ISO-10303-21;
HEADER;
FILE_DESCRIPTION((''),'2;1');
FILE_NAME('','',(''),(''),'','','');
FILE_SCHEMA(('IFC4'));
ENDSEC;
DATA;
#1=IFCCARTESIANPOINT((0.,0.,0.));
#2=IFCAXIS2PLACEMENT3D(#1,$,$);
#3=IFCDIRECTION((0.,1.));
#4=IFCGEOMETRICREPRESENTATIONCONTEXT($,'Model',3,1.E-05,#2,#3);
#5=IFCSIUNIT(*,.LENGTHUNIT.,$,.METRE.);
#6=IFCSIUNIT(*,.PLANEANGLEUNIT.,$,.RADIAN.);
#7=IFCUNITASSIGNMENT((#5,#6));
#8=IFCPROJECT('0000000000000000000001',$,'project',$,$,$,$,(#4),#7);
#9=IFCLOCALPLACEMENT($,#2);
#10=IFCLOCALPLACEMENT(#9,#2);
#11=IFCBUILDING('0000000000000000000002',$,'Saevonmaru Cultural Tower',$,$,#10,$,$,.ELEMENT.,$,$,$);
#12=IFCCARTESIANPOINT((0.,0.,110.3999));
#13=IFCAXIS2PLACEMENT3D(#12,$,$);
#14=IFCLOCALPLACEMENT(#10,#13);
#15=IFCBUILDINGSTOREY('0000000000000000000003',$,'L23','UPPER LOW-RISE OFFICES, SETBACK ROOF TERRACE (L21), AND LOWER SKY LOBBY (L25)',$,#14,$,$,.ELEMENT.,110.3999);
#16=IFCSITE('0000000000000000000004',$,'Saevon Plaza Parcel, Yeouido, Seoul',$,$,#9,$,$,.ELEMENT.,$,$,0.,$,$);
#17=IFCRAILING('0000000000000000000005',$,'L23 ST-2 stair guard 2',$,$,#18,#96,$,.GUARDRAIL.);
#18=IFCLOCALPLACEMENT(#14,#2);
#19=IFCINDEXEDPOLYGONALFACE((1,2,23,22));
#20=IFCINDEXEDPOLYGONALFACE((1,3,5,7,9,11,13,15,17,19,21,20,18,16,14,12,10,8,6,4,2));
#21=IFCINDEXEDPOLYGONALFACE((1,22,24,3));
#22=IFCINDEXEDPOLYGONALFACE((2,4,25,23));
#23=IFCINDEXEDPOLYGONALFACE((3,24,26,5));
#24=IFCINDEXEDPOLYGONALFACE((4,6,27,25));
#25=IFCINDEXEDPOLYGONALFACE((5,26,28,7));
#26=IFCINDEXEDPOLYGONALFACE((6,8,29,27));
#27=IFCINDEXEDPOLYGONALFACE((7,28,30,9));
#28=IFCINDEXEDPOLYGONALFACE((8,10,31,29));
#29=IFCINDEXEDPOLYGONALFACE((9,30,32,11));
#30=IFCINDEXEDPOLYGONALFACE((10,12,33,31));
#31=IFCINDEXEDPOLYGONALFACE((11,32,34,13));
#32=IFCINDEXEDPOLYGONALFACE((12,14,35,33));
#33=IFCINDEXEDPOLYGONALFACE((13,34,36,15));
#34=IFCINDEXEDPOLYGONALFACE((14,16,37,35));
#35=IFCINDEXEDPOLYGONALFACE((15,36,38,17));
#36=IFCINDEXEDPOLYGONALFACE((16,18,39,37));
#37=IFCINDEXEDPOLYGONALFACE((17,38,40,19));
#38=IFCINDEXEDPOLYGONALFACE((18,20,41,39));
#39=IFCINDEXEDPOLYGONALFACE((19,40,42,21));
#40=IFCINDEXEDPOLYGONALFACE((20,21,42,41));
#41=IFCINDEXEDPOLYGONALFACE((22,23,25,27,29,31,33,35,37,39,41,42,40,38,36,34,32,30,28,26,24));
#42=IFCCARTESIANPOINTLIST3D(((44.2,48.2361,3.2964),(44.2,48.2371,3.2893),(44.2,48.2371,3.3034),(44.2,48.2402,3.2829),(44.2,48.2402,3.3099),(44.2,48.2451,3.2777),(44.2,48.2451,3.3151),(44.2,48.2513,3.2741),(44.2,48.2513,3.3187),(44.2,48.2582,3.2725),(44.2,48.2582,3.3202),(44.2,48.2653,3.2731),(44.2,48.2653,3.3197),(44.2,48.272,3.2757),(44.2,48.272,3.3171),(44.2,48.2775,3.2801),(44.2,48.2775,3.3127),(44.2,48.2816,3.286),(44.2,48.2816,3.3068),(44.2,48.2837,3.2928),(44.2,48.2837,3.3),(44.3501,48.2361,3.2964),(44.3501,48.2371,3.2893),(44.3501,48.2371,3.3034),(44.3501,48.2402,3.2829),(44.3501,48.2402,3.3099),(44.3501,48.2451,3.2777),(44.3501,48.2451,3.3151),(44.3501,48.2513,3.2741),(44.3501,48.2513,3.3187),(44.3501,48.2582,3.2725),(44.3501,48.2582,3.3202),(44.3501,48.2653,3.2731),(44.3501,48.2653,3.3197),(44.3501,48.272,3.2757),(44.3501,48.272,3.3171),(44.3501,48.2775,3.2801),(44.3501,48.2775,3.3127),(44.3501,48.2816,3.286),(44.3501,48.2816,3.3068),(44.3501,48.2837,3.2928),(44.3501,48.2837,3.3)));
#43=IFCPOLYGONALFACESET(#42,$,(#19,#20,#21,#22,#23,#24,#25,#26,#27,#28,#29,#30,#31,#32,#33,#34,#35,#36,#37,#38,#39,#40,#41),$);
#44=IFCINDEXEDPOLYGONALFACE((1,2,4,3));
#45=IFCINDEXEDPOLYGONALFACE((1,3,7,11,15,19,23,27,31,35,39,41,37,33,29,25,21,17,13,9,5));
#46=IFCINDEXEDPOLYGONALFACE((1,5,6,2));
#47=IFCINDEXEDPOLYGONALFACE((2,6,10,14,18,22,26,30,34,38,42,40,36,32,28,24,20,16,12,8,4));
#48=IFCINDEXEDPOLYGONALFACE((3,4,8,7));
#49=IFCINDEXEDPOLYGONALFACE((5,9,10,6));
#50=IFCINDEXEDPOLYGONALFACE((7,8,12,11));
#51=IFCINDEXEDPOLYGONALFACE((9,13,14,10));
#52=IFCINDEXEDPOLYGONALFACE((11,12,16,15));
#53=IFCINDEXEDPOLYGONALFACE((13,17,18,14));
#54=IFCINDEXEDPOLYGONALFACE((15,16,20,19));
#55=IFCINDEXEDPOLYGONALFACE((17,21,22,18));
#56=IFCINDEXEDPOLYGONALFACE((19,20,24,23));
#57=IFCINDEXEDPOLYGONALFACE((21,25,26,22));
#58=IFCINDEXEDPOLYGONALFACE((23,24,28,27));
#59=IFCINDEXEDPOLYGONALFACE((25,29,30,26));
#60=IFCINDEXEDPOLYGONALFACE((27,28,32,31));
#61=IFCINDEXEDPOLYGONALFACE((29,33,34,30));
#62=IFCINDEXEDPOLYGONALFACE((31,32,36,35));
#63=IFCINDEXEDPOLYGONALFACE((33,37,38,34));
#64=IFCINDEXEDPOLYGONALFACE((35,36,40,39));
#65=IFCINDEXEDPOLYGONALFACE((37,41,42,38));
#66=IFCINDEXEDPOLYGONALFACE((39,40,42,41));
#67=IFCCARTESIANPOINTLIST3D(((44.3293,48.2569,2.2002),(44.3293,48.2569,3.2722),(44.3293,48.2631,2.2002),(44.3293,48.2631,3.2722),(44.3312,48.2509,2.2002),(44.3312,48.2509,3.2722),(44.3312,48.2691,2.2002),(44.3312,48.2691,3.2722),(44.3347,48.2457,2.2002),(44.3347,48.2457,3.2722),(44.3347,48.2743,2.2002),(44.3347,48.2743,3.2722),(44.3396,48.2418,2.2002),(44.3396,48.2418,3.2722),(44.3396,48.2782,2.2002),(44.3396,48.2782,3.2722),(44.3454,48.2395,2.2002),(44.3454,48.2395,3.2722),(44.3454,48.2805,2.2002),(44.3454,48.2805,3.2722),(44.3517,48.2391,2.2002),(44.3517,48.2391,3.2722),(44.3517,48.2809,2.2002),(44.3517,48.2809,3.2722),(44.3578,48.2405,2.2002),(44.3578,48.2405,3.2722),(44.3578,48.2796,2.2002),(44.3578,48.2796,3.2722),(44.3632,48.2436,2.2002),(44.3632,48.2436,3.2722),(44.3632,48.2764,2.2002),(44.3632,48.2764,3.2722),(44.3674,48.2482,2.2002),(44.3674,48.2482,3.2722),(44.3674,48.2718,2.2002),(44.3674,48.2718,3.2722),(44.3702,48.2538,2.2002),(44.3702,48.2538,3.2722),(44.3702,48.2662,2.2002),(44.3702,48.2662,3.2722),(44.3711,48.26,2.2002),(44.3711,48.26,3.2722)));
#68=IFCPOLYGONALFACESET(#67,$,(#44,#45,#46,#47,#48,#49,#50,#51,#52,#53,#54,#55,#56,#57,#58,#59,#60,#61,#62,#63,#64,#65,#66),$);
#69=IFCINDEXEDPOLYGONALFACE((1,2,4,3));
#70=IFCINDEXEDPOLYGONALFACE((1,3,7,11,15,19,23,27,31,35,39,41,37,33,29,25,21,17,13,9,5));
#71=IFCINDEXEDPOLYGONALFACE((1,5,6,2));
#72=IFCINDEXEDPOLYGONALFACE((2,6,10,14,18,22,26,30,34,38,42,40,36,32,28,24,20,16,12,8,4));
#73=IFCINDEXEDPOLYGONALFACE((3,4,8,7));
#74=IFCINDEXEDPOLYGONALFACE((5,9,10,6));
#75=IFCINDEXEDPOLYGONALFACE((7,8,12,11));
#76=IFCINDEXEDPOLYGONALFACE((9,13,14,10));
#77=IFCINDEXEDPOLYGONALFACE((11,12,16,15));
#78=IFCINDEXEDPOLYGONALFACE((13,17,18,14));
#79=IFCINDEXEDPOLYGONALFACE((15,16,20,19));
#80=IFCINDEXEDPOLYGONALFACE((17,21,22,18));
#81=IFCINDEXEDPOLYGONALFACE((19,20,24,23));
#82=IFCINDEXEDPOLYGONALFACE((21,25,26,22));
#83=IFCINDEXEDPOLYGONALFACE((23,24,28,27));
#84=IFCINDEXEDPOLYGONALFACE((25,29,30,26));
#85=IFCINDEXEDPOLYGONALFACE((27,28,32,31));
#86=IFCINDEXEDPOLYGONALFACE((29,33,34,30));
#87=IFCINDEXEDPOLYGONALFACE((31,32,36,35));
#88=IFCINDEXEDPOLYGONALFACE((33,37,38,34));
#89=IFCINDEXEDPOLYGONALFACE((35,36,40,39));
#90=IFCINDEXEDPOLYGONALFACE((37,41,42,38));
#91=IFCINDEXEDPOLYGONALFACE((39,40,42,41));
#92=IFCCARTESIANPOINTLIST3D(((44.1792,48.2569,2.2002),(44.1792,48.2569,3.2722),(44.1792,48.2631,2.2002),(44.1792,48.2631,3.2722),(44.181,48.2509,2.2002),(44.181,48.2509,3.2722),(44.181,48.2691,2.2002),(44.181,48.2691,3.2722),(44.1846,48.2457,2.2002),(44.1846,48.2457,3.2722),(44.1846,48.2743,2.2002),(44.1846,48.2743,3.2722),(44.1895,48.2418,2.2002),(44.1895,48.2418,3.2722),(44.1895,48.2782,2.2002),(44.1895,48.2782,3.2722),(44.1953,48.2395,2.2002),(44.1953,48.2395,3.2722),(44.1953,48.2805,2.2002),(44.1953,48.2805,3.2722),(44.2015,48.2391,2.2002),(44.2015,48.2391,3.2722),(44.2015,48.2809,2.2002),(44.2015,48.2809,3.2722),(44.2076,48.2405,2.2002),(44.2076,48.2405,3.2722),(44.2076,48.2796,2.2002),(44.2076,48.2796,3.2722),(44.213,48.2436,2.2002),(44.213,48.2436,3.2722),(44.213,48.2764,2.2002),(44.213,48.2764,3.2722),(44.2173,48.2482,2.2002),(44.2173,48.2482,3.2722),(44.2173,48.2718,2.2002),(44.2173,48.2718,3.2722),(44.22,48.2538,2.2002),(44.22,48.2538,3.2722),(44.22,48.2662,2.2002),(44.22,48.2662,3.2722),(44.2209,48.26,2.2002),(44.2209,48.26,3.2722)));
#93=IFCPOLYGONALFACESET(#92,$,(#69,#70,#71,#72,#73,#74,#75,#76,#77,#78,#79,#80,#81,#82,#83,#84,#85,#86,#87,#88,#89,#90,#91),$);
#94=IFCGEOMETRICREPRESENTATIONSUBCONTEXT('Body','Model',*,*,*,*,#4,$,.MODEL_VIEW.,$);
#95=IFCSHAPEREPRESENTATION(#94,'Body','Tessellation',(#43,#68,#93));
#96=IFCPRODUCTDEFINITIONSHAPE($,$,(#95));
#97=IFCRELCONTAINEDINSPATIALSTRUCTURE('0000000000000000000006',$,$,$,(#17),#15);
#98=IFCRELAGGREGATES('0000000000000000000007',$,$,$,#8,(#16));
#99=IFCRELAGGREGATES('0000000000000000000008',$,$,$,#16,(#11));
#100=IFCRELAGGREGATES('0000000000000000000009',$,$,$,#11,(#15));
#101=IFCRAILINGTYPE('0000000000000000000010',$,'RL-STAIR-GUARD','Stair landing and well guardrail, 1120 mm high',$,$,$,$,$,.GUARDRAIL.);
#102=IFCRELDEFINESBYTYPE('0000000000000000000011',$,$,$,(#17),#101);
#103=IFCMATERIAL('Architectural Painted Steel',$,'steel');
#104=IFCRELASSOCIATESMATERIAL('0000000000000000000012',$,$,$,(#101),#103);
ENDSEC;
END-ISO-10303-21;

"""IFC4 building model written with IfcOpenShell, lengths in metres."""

from ifc_helpers import new_model, si_unit, direction, frame, origin, origin_2d, place, context, subcontext, project, spatial, circle, extrude, material, type_object, element, save


model = new_model("IFC4")

# Units and contexts
model_context = context("Model", 3, precision=1e-05, world=origin(), true_north=direction((0.0, 1.0)))
body_context = subcontext(model_context, "Body", "Model", "MODEL_VIEW")
ifc_project = project(units=[si_unit("LENGTHUNIT", "METRE"), si_unit("PLANEANGLEUNIT", "RADIAN")], contexts=[model_context])

# Site, building, storey
site_placement = place(None, origin())
site = spatial("IfcSite", under=ifc_project, at=site_placement, Name="Saevon Plaza Parcel, Yeouido, Seoul", CompositionType="ELEMENT", RefElevation=0.0)
building_placement = place(site_placement, origin())
building = spatial("IfcBuilding", under=site, at=building_placement, Name="Saevonmaru Cultural Tower", CompositionType="ELEMENT")
storey_placement = place(building_placement, frame((0.0, 0.0, 110.3999)))
storey = spatial("IfcBuildingStorey", under=building, at=storey_placement, Name="L23", Description="UPPER LOW-RISE OFFICES, SETBACK ROOF TERRACE (L21), AND LOWER SKY LOBBY (L25)", CompositionType="ELEMENT", Elevation=110.3999)

# Railing
ifc_material_1 = material(Name="Architectural Painted Steel", Category="steel")
railing_type_1 = type_object("IfcRailingType", Name="RL-STAIR-GUARD", Description="Stair landing and well guardrail, 1120 mm high", PredefinedType="GUARDRAIL", material=ifc_material_1)
railing_1_placement = place(storey_placement, frame((44.3501, 48.26, 2.2002)))
element("IfcRailing", 1, at=railing_1_placement, inside=storey, type_object=railing_type_1, Name="L23 ST-2 stair guard 2", PredefinedType="GUARDRAIL", context=body_context, shape_type="SweptSolid", body=[
    extrude(circle(Radius=0.0239, at=origin_2d()), frame((0.0, 0.0, 1.0962), z_axis=(-1.0, 0.0, 0.0), x_axis=(0.0, -1.0, 0.0)), (0.0, 0.0, 1.0), 0.1501),
    extrude(circle(Radius=0.021, at=origin_2d()), origin(), (0.0, 0.0, 1.0), 1.072),
    extrude(circle(Radius=0.021, at=origin_2d()), frame((-0.1501, 0.0, 0.0)), (0.0, 0.0, 1.0), 1.072),
])

save(model, "model.ifc")
